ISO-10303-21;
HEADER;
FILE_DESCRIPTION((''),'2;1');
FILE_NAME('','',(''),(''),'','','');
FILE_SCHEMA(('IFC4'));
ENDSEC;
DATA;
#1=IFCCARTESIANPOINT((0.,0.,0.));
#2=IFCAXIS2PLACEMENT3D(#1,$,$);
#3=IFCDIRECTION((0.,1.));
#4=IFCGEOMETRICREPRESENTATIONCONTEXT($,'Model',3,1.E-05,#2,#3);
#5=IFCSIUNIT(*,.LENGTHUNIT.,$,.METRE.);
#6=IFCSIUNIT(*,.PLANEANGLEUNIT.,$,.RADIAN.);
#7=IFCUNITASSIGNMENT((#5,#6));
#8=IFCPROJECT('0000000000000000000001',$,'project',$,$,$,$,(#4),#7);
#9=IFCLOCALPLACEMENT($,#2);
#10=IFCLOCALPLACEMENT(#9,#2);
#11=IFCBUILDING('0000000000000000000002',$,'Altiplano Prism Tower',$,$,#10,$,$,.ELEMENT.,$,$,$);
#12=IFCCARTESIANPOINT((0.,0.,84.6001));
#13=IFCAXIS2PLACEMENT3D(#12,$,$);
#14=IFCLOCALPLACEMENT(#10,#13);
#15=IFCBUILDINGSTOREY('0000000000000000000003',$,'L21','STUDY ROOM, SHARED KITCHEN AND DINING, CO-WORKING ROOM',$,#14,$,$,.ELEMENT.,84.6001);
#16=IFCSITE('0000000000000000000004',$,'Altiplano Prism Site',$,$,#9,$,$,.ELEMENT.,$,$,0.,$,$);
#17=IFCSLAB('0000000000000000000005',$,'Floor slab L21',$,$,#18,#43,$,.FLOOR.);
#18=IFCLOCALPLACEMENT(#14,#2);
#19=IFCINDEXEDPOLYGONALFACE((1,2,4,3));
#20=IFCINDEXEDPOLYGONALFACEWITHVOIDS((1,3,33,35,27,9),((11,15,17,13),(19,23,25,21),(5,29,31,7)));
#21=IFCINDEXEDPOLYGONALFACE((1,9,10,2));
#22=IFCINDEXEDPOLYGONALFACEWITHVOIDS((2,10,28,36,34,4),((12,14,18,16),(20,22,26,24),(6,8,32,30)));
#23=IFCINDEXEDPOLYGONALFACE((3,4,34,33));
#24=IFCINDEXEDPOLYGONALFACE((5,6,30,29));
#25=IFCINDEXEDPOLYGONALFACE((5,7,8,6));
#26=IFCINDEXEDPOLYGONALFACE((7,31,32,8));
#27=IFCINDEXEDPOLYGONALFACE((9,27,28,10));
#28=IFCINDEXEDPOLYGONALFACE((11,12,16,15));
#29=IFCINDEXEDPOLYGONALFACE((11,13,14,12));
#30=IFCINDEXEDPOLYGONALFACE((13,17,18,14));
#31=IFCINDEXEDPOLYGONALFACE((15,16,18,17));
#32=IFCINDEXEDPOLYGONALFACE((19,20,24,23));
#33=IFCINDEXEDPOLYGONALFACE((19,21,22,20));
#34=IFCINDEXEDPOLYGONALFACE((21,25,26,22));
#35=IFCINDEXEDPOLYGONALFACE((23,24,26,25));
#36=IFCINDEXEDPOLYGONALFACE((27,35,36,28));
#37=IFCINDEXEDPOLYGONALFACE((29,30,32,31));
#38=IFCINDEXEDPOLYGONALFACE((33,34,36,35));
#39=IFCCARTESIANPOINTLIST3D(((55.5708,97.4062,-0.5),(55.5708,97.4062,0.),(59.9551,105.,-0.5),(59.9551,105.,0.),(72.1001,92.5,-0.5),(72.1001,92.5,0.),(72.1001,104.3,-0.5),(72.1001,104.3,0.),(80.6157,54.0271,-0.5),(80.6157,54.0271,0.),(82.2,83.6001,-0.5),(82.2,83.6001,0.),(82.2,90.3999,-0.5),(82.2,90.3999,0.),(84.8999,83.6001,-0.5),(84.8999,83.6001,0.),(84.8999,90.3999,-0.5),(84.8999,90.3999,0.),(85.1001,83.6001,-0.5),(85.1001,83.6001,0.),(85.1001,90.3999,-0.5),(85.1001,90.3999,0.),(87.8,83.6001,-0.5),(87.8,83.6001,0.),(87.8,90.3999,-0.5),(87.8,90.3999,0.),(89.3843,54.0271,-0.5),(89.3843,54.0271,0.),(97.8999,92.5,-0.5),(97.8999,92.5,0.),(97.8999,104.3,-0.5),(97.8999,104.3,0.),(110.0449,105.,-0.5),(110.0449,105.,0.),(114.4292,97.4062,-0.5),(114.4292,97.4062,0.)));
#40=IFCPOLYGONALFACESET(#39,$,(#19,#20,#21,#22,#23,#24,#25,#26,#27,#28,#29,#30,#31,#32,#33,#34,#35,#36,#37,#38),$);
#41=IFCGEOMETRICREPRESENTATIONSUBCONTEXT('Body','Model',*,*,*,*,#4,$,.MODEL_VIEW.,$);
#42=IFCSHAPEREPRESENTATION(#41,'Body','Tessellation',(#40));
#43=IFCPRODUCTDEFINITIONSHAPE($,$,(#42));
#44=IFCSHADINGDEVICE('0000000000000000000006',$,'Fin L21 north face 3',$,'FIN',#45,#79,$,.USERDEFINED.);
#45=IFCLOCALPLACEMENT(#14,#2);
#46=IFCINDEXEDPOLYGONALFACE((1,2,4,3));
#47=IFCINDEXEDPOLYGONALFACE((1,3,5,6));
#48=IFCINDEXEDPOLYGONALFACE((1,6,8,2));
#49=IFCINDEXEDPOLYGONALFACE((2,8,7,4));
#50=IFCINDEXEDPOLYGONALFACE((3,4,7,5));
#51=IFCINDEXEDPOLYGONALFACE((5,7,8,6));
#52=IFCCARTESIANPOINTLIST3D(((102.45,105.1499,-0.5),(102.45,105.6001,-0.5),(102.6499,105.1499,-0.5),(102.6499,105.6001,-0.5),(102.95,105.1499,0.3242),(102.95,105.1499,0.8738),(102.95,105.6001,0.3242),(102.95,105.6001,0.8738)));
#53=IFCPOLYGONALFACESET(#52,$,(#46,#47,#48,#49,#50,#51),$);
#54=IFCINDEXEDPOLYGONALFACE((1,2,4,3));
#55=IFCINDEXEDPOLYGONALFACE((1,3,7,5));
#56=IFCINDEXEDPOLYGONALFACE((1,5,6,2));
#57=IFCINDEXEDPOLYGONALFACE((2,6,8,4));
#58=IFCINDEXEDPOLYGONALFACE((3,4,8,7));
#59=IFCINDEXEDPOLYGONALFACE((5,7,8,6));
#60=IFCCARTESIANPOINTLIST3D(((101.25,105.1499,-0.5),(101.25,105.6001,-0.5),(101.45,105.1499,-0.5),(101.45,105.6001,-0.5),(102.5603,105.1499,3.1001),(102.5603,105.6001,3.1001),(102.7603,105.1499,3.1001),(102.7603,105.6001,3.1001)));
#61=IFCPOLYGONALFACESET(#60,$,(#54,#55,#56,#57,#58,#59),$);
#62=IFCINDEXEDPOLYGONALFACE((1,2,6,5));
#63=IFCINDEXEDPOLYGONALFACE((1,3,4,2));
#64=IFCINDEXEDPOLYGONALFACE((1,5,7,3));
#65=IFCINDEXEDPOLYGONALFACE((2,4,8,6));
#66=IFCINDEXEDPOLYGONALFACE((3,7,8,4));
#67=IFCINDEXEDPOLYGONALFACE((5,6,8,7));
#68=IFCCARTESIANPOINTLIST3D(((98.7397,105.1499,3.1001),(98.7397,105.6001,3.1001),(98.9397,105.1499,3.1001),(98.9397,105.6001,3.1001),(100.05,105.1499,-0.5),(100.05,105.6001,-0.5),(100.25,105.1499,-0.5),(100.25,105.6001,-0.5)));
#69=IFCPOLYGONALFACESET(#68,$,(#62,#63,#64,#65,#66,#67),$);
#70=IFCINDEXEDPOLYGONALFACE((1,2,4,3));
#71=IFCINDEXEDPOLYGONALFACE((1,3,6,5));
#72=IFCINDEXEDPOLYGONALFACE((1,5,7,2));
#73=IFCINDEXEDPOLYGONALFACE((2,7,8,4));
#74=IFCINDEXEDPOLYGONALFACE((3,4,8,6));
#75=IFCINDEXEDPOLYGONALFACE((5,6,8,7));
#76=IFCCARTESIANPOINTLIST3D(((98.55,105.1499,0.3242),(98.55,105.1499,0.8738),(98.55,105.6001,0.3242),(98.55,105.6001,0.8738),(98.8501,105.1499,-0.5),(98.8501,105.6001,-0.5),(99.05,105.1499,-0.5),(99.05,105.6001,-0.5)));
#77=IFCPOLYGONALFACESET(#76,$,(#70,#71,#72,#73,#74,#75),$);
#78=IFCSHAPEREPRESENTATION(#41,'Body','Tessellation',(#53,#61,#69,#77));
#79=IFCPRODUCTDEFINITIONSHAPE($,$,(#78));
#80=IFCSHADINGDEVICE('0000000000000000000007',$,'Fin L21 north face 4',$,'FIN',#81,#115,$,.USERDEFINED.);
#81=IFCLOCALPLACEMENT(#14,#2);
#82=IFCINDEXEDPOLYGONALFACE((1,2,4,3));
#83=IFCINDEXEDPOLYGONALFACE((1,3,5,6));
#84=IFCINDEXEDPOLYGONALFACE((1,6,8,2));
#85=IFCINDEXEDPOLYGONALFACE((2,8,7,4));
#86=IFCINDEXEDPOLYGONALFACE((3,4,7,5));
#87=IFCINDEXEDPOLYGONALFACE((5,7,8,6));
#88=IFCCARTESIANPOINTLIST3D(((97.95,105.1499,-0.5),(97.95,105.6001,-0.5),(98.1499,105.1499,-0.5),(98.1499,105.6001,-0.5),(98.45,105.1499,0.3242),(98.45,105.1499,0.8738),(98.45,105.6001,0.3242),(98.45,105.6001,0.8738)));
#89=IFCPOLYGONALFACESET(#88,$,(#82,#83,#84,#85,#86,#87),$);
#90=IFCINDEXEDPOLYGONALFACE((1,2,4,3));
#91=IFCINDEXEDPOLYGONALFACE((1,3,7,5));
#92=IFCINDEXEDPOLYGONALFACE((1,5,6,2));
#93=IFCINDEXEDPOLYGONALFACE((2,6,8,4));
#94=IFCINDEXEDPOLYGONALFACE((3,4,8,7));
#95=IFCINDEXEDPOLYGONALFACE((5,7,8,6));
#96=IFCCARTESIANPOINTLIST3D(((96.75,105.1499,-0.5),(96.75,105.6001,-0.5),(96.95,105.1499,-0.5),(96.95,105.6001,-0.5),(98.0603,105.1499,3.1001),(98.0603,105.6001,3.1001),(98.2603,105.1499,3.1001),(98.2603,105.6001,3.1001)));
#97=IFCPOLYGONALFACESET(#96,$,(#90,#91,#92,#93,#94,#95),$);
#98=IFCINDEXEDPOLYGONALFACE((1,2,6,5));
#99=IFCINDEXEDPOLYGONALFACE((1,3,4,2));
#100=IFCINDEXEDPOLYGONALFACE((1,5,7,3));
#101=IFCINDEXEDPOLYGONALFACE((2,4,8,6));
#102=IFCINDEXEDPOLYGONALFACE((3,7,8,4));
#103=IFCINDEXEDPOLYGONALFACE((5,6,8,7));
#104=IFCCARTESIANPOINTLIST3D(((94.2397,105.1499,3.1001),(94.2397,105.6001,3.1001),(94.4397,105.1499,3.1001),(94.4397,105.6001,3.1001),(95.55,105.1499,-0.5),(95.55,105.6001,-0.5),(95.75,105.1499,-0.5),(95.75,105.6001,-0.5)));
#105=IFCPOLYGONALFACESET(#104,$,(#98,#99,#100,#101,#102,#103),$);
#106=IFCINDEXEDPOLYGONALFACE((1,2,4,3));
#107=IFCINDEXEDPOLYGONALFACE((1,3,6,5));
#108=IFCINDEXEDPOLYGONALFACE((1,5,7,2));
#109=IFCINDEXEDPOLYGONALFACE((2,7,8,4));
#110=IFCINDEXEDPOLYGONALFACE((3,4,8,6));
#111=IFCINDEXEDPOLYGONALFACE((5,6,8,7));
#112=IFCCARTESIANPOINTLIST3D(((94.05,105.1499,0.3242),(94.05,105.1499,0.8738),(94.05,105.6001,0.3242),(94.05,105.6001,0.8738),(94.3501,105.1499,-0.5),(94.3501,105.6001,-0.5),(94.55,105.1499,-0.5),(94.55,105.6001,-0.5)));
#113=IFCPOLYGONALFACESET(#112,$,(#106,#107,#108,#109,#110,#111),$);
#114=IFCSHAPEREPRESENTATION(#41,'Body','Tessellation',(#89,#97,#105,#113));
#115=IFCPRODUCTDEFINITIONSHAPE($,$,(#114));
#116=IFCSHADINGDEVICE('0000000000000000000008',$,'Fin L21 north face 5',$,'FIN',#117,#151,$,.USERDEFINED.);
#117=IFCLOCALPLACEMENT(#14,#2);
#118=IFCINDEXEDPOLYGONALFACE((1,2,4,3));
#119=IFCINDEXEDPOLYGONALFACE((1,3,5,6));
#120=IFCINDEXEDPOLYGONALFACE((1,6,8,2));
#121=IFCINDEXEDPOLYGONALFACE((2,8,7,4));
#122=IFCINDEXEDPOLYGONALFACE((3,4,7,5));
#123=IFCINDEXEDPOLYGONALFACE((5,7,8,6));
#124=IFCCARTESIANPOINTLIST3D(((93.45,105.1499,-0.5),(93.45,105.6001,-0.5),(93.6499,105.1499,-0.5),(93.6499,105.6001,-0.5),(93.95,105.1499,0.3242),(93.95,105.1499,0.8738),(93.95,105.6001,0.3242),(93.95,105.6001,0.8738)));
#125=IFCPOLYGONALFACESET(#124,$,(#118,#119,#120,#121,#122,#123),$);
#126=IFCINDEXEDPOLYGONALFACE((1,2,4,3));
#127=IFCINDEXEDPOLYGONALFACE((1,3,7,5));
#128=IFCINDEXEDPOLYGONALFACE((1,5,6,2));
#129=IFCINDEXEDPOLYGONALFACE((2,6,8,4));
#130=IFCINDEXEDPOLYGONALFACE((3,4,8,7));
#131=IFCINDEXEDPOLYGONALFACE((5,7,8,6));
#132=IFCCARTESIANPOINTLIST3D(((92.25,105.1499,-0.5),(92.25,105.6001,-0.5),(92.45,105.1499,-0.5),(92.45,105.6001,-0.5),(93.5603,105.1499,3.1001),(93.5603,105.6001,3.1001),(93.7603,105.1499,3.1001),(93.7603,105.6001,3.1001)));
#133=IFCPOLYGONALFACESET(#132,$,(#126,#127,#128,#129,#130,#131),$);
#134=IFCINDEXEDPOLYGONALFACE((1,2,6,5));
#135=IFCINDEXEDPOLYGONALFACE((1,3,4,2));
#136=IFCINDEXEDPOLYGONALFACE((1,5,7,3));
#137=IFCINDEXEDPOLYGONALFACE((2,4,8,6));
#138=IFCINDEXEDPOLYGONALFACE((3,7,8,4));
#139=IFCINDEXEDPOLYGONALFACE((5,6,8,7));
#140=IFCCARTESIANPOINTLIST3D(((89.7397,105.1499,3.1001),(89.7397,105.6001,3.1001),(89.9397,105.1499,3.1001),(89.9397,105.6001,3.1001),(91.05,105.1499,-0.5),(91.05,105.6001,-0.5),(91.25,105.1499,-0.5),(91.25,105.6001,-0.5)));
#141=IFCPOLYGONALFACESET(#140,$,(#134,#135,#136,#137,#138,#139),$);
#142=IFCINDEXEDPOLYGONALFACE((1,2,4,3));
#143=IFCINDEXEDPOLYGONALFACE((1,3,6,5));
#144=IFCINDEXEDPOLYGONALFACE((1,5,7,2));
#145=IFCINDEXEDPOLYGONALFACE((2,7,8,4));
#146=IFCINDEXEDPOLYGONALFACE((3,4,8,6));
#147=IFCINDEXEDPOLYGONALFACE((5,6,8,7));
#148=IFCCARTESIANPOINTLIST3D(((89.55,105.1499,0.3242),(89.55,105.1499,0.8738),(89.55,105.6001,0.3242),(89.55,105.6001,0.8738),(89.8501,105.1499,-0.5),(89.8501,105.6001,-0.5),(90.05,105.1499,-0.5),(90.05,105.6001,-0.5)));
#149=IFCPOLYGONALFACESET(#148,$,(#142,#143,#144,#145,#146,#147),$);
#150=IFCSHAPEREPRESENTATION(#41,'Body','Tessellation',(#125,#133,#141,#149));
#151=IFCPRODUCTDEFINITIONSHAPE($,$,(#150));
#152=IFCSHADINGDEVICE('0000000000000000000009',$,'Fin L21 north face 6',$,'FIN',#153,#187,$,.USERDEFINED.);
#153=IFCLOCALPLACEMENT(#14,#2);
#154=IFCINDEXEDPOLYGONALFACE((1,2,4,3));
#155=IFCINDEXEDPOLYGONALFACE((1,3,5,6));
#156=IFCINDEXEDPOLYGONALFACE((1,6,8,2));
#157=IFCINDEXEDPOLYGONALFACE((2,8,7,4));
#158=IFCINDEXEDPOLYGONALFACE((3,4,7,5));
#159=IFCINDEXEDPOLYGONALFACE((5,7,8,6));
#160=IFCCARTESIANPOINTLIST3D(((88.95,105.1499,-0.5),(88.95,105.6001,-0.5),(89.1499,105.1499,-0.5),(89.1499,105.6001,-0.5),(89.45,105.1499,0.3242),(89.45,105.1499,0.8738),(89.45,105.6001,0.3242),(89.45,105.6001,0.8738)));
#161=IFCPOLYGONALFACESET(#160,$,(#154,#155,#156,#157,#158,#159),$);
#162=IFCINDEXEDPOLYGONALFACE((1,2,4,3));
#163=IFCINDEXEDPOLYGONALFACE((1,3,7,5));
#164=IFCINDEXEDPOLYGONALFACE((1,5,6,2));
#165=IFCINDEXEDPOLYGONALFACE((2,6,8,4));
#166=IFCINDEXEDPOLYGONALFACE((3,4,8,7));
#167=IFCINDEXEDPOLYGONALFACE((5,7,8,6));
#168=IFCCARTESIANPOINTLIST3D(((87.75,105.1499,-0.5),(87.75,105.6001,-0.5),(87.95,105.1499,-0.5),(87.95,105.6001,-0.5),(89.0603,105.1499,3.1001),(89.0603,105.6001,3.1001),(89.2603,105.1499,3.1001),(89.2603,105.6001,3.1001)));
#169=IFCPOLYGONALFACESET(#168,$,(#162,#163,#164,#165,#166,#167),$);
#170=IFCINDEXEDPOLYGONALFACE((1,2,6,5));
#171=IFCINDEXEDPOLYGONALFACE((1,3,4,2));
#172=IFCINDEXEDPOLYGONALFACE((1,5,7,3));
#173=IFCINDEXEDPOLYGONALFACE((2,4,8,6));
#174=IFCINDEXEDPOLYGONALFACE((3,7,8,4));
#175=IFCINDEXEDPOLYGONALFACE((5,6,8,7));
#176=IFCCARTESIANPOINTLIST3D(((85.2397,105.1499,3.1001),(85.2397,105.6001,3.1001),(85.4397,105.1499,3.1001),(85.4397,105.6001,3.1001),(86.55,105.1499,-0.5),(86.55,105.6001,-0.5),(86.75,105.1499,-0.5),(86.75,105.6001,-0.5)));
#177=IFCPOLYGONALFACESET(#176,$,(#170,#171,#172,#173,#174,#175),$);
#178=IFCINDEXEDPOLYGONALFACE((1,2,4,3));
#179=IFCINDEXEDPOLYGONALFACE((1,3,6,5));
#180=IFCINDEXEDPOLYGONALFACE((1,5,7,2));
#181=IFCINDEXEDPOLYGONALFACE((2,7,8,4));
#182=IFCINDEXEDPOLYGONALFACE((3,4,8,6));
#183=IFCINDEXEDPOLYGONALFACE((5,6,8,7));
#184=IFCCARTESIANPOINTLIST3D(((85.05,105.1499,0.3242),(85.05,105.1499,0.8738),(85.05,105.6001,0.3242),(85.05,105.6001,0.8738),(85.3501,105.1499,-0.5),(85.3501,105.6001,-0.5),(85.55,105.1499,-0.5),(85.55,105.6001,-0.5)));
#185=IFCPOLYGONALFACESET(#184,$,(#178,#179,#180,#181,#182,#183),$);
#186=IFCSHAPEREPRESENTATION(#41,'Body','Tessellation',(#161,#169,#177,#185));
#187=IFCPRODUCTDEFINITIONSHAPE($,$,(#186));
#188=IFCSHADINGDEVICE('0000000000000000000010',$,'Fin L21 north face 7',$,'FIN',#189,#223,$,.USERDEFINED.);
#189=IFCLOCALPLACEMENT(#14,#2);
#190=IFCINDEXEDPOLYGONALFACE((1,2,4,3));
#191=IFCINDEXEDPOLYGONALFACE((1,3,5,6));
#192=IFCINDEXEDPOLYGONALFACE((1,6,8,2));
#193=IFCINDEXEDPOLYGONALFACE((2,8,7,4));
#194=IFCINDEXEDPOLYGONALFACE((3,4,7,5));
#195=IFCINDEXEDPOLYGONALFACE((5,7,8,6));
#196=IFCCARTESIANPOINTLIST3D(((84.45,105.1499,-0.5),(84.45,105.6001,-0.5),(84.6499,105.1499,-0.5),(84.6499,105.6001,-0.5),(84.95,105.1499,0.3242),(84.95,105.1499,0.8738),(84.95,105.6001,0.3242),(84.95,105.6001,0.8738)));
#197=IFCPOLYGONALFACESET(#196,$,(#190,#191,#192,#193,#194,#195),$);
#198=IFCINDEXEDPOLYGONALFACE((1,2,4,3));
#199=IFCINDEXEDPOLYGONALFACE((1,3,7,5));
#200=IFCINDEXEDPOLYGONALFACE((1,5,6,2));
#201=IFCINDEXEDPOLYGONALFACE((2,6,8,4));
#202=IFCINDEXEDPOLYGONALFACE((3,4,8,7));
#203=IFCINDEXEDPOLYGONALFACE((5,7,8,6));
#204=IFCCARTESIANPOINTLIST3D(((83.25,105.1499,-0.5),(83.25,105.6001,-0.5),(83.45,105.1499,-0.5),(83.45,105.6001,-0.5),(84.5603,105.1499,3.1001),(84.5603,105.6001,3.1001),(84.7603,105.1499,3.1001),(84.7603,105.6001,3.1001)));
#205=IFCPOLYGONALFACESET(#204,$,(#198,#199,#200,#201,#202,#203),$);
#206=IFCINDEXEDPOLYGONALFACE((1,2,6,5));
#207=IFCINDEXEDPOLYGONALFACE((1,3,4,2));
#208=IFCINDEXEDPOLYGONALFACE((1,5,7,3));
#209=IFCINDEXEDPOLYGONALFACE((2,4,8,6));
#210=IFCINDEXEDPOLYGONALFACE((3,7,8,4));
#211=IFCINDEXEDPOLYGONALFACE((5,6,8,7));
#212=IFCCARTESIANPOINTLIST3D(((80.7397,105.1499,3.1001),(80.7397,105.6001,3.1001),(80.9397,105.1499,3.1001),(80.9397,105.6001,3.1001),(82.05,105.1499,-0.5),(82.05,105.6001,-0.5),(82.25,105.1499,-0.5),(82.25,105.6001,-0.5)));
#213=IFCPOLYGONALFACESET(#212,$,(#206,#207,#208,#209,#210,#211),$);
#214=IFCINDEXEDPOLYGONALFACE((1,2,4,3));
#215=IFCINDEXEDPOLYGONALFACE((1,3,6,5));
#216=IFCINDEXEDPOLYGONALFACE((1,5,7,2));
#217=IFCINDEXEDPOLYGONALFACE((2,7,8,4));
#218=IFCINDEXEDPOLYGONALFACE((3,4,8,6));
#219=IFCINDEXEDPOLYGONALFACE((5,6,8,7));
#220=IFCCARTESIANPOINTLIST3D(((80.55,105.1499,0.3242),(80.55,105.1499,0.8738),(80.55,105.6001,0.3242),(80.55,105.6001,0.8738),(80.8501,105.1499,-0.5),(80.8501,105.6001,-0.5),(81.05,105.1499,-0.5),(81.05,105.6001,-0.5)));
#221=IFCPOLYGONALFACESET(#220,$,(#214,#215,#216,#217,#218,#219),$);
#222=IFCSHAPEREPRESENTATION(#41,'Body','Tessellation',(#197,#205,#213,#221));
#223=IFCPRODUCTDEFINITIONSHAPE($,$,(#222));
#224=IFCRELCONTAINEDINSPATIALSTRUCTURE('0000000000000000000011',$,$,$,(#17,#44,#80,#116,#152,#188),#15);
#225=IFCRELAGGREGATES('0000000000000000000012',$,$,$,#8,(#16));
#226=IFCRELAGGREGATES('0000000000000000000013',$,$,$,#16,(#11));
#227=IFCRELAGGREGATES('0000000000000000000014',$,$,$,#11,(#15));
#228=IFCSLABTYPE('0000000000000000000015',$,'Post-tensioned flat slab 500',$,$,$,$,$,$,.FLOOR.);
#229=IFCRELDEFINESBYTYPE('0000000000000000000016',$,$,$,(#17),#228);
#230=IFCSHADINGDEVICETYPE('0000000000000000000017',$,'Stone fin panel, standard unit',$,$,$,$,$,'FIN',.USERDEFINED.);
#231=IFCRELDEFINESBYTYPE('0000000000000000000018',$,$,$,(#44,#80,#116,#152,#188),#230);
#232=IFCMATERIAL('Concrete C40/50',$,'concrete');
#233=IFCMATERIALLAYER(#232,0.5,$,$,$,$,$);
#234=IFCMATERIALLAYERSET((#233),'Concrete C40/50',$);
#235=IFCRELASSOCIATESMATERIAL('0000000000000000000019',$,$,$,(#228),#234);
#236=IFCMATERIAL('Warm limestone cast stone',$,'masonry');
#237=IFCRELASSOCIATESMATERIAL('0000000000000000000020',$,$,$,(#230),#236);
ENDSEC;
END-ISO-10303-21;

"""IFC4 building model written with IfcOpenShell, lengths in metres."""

from ifc_helpers import new_model, si_unit, direction, frame, origin, place, context, subcontext, project, spatial, polyline, outline, extrude, source, transform, mapped, material, layer, layer_set, type_object, element, save


model = new_model("IFC4")

# Units and contexts
model_context = context("Model", 3, precision=1e-05, world=origin(), true_north=direction((0.0, 1.0)))
body_context = subcontext(model_context, "Body", "Model", "MODEL_VIEW")
ifc_project = project(units=[si_unit("LENGTHUNIT", "METRE"), si_unit("PLANEANGLEUNIT", "RADIAN")], contexts=[model_context])

# Site, building, storey
site_placement = place(None, origin())
site = spatial("IfcSite", under=ifc_project, at=site_placement, Name="Altiplano Prism Site", CompositionType="ELEMENT", RefElevation=0.0)
building_placement = place(site_placement, origin())
building = spatial("IfcBuilding", under=site, at=building_placement, Name="Altiplano Prism Tower", CompositionType="ELEMENT")
storey_placement = place(building_placement, frame((0.0, 0.0, 84.6001)))
storey = spatial("IfcBuildingStorey", under=building, at=storey_placement, Name="L21", Description="STUDY ROOM, SHARED KITCHEN AND DINING, CO-WORKING ROOM", CompositionType="ELEMENT", Elevation=84.6001)

# Slab
ifc_material_1 = material(Name="Concrete C40/50", Category="concrete")
ifc_layer = layer(ifc_material_1, 0.5)
ifc_layer_set = layer_set([ifc_layer], Name="Concrete C40/50")
slab_type = type_object("IfcSlabType", Name="Post-tensioned flat slab 500", PredefinedType="FLOOR", material=ifc_layer_set)
slab_placement = place(storey_placement, frame((0.0, 0.0, -0.5)))
element("IfcSlab", 1, at=slab_placement, inside=storey, type_object=slab_type, Name="Floor slab L21", PredefinedType="FLOOR", context=body_context, shape_type="SweptSolid", body=[
    extrude(outline(polyline([(80.6157, 54.0271), (55.5708, 97.4062), (59.9551, 105.0), (110.0449, 105.0), (114.4292, 97.4062), (89.3843, 54.0271), (80.6157, 54.0271)]), holes=[polyline([(72.1001, 104.3), (72.1001, 92.5), (97.8999, 92.5), (97.8999, 104.3), (72.1001, 104.3)]), polyline([(84.8999, 90.3999), (82.2, 90.3999), (82.2, 83.6001), (84.8999, 83.6001), (84.8999, 90.3999)]), polyline([(87.8, 83.6001), (87.8, 90.3999), (85.1001, 90.3999), (85.1001, 83.6001), (87.8, 83.6001)])]), origin(), (0.0, 0.0, 1.0), 0.5),
])

# Shading devices
ifc_material_2 = material(Name="Warm limestone cast stone", Category="masonry")
shading_device_type_1 = type_object("IfcShadingDeviceType", Name="Stone fin panel, standard unit", ElementType="FIN", PredefinedType="USERDEFINED", material=ifc_material_2)
shared_shape_1 = source(origin(), body_context, "Body", "SweptSolid", [
    extrude(outline(polyline([(-2.2, 1.3738), (-2.2, 0.8242), (-1.8999, 0.0), (-1.7, 0.0), (-2.2, 1.3738)])), frame((0.0, -0.1499, 0.0), z_axis=(0.0, -1.0, 0.0), x_axis=(1.0, 0.0, 0.0)), (0.0, 0.0, 1.0), 0.4502),
    extrude(outline(polyline([(-2.0103, 3.6001), (-0.7, 0.0), (-0.5, 0.0), (-1.8103, 3.6001), (-2.0103, 3.6001)])), frame((0.0, -0.1499, 0.0), z_axis=(0.0, -1.0, 0.0), x_axis=(1.0, 0.0, 0.0)), (0.0, 0.0, 1.0), 0.4502),
    extrude(outline(polyline([(1.8103, 3.6001), (0.5, 0.0), (0.7, 0.0), (2.0103, 3.6001), (1.8103, 3.6001)])), frame((0.0, -0.1499, 0.0), z_axis=(0.0, -1.0, 0.0), x_axis=(1.0, 0.0, 0.0)), (0.0, 0.0, 1.0), 0.4502),
    extrude(outline(polyline([(2.2, 0.8242), (2.2, 1.3738), (1.7, 0.0), (1.8999, 0.0), (2.2, 0.8242)])), frame((0.0, -0.1499, 0.0), z_axis=(0.0, -1.0, 0.0), x_axis=(1.0, 0.0, 0.0)), (0.0, 0.0, 1.0), 0.4502),
])
shading_device_1_placement = place(storey_placement, origin())
element("IfcShadingDevice", 2, at=shading_device_1_placement, inside=storey, type_object=shading_device_type_1, Name="Fin L21 north face 3", ObjectType="FIN", PredefinedType="USERDEFINED", context=body_context, shape_type="MappedRepresentation", body=[
    mapped(shared_shape_1, transform((100.75, 105.0, -0.5), x_axis=(-1.0, 0.0, 0.0), y_axis=(0.0, -1.0, 0.0), z_axis=(0.0, 0.0, 1.0))),
])
shading_device_2_placement = place(storey_placement, origin())
element("IfcShadingDevice", 3, at=shading_device_2_placement, inside=storey, type_object=shading_device_type_1, Name="Fin L21 north face 4", ObjectType="FIN", PredefinedType="USERDEFINED", context=body_context, shape_type="MappedRepresentation", body=[
    mapped(shared_shape_1, transform((96.25, 105.0, -0.5), x_axis=(-1.0, 0.0, 0.0), y_axis=(0.0, -1.0, 0.0), z_axis=(0.0, 0.0, 1.0))),
])
shading_device_3_placement = place(storey_placement, origin())
element("IfcShadingDevice", 4, at=shading_device_3_placement, inside=storey, type_object=shading_device_type_1, Name="Fin L21 north face 5", ObjectType="FIN", PredefinedType="USERDEFINED", context=body_context, shape_type="MappedRepresentation", body=[
    mapped(shared_shape_1, transform((91.75, 105.0, -0.5), x_axis=(-1.0, 0.0, 0.0), y_axis=(0.0, -1.0, 0.0), z_axis=(0.0, 0.0, 1.0))),
])
shading_device_4_placement = place(storey_placement, origin())
element("IfcShadingDevice", 5, at=shading_device_4_placement, inside=storey, type_object=shading_device_type_1, Name="Fin L21 north face 6", ObjectType="FIN", PredefinedType="USERDEFINED", context=body_context, shape_type="MappedRepresentation", body=[
    mapped(shared_shape_1, transform((87.25, 105.0, -0.5), x_axis=(-1.0, 0.0, 0.0), y_axis=(0.0, -1.0, 0.0), z_axis=(0.0, 0.0, 1.0))),
])
shading_device_5_placement = place(storey_placement, origin())
element("IfcShadingDevice", 6, at=shading_device_5_placement, inside=storey, type_object=shading_device_type_1, Name="Fin L21 north face 7", ObjectType="FIN", PredefinedType="USERDEFINED", context=body_context, shape_type="MappedRepresentation", body=[
    mapped(shared_shape_1, transform((82.75, 105.0, -0.5), x_axis=(-1.0, 0.0, 0.0), y_axis=(0.0, -1.0, 0.0), z_axis=(0.0, 0.0, 1.0))),
])

save(model, "model.ifc")
